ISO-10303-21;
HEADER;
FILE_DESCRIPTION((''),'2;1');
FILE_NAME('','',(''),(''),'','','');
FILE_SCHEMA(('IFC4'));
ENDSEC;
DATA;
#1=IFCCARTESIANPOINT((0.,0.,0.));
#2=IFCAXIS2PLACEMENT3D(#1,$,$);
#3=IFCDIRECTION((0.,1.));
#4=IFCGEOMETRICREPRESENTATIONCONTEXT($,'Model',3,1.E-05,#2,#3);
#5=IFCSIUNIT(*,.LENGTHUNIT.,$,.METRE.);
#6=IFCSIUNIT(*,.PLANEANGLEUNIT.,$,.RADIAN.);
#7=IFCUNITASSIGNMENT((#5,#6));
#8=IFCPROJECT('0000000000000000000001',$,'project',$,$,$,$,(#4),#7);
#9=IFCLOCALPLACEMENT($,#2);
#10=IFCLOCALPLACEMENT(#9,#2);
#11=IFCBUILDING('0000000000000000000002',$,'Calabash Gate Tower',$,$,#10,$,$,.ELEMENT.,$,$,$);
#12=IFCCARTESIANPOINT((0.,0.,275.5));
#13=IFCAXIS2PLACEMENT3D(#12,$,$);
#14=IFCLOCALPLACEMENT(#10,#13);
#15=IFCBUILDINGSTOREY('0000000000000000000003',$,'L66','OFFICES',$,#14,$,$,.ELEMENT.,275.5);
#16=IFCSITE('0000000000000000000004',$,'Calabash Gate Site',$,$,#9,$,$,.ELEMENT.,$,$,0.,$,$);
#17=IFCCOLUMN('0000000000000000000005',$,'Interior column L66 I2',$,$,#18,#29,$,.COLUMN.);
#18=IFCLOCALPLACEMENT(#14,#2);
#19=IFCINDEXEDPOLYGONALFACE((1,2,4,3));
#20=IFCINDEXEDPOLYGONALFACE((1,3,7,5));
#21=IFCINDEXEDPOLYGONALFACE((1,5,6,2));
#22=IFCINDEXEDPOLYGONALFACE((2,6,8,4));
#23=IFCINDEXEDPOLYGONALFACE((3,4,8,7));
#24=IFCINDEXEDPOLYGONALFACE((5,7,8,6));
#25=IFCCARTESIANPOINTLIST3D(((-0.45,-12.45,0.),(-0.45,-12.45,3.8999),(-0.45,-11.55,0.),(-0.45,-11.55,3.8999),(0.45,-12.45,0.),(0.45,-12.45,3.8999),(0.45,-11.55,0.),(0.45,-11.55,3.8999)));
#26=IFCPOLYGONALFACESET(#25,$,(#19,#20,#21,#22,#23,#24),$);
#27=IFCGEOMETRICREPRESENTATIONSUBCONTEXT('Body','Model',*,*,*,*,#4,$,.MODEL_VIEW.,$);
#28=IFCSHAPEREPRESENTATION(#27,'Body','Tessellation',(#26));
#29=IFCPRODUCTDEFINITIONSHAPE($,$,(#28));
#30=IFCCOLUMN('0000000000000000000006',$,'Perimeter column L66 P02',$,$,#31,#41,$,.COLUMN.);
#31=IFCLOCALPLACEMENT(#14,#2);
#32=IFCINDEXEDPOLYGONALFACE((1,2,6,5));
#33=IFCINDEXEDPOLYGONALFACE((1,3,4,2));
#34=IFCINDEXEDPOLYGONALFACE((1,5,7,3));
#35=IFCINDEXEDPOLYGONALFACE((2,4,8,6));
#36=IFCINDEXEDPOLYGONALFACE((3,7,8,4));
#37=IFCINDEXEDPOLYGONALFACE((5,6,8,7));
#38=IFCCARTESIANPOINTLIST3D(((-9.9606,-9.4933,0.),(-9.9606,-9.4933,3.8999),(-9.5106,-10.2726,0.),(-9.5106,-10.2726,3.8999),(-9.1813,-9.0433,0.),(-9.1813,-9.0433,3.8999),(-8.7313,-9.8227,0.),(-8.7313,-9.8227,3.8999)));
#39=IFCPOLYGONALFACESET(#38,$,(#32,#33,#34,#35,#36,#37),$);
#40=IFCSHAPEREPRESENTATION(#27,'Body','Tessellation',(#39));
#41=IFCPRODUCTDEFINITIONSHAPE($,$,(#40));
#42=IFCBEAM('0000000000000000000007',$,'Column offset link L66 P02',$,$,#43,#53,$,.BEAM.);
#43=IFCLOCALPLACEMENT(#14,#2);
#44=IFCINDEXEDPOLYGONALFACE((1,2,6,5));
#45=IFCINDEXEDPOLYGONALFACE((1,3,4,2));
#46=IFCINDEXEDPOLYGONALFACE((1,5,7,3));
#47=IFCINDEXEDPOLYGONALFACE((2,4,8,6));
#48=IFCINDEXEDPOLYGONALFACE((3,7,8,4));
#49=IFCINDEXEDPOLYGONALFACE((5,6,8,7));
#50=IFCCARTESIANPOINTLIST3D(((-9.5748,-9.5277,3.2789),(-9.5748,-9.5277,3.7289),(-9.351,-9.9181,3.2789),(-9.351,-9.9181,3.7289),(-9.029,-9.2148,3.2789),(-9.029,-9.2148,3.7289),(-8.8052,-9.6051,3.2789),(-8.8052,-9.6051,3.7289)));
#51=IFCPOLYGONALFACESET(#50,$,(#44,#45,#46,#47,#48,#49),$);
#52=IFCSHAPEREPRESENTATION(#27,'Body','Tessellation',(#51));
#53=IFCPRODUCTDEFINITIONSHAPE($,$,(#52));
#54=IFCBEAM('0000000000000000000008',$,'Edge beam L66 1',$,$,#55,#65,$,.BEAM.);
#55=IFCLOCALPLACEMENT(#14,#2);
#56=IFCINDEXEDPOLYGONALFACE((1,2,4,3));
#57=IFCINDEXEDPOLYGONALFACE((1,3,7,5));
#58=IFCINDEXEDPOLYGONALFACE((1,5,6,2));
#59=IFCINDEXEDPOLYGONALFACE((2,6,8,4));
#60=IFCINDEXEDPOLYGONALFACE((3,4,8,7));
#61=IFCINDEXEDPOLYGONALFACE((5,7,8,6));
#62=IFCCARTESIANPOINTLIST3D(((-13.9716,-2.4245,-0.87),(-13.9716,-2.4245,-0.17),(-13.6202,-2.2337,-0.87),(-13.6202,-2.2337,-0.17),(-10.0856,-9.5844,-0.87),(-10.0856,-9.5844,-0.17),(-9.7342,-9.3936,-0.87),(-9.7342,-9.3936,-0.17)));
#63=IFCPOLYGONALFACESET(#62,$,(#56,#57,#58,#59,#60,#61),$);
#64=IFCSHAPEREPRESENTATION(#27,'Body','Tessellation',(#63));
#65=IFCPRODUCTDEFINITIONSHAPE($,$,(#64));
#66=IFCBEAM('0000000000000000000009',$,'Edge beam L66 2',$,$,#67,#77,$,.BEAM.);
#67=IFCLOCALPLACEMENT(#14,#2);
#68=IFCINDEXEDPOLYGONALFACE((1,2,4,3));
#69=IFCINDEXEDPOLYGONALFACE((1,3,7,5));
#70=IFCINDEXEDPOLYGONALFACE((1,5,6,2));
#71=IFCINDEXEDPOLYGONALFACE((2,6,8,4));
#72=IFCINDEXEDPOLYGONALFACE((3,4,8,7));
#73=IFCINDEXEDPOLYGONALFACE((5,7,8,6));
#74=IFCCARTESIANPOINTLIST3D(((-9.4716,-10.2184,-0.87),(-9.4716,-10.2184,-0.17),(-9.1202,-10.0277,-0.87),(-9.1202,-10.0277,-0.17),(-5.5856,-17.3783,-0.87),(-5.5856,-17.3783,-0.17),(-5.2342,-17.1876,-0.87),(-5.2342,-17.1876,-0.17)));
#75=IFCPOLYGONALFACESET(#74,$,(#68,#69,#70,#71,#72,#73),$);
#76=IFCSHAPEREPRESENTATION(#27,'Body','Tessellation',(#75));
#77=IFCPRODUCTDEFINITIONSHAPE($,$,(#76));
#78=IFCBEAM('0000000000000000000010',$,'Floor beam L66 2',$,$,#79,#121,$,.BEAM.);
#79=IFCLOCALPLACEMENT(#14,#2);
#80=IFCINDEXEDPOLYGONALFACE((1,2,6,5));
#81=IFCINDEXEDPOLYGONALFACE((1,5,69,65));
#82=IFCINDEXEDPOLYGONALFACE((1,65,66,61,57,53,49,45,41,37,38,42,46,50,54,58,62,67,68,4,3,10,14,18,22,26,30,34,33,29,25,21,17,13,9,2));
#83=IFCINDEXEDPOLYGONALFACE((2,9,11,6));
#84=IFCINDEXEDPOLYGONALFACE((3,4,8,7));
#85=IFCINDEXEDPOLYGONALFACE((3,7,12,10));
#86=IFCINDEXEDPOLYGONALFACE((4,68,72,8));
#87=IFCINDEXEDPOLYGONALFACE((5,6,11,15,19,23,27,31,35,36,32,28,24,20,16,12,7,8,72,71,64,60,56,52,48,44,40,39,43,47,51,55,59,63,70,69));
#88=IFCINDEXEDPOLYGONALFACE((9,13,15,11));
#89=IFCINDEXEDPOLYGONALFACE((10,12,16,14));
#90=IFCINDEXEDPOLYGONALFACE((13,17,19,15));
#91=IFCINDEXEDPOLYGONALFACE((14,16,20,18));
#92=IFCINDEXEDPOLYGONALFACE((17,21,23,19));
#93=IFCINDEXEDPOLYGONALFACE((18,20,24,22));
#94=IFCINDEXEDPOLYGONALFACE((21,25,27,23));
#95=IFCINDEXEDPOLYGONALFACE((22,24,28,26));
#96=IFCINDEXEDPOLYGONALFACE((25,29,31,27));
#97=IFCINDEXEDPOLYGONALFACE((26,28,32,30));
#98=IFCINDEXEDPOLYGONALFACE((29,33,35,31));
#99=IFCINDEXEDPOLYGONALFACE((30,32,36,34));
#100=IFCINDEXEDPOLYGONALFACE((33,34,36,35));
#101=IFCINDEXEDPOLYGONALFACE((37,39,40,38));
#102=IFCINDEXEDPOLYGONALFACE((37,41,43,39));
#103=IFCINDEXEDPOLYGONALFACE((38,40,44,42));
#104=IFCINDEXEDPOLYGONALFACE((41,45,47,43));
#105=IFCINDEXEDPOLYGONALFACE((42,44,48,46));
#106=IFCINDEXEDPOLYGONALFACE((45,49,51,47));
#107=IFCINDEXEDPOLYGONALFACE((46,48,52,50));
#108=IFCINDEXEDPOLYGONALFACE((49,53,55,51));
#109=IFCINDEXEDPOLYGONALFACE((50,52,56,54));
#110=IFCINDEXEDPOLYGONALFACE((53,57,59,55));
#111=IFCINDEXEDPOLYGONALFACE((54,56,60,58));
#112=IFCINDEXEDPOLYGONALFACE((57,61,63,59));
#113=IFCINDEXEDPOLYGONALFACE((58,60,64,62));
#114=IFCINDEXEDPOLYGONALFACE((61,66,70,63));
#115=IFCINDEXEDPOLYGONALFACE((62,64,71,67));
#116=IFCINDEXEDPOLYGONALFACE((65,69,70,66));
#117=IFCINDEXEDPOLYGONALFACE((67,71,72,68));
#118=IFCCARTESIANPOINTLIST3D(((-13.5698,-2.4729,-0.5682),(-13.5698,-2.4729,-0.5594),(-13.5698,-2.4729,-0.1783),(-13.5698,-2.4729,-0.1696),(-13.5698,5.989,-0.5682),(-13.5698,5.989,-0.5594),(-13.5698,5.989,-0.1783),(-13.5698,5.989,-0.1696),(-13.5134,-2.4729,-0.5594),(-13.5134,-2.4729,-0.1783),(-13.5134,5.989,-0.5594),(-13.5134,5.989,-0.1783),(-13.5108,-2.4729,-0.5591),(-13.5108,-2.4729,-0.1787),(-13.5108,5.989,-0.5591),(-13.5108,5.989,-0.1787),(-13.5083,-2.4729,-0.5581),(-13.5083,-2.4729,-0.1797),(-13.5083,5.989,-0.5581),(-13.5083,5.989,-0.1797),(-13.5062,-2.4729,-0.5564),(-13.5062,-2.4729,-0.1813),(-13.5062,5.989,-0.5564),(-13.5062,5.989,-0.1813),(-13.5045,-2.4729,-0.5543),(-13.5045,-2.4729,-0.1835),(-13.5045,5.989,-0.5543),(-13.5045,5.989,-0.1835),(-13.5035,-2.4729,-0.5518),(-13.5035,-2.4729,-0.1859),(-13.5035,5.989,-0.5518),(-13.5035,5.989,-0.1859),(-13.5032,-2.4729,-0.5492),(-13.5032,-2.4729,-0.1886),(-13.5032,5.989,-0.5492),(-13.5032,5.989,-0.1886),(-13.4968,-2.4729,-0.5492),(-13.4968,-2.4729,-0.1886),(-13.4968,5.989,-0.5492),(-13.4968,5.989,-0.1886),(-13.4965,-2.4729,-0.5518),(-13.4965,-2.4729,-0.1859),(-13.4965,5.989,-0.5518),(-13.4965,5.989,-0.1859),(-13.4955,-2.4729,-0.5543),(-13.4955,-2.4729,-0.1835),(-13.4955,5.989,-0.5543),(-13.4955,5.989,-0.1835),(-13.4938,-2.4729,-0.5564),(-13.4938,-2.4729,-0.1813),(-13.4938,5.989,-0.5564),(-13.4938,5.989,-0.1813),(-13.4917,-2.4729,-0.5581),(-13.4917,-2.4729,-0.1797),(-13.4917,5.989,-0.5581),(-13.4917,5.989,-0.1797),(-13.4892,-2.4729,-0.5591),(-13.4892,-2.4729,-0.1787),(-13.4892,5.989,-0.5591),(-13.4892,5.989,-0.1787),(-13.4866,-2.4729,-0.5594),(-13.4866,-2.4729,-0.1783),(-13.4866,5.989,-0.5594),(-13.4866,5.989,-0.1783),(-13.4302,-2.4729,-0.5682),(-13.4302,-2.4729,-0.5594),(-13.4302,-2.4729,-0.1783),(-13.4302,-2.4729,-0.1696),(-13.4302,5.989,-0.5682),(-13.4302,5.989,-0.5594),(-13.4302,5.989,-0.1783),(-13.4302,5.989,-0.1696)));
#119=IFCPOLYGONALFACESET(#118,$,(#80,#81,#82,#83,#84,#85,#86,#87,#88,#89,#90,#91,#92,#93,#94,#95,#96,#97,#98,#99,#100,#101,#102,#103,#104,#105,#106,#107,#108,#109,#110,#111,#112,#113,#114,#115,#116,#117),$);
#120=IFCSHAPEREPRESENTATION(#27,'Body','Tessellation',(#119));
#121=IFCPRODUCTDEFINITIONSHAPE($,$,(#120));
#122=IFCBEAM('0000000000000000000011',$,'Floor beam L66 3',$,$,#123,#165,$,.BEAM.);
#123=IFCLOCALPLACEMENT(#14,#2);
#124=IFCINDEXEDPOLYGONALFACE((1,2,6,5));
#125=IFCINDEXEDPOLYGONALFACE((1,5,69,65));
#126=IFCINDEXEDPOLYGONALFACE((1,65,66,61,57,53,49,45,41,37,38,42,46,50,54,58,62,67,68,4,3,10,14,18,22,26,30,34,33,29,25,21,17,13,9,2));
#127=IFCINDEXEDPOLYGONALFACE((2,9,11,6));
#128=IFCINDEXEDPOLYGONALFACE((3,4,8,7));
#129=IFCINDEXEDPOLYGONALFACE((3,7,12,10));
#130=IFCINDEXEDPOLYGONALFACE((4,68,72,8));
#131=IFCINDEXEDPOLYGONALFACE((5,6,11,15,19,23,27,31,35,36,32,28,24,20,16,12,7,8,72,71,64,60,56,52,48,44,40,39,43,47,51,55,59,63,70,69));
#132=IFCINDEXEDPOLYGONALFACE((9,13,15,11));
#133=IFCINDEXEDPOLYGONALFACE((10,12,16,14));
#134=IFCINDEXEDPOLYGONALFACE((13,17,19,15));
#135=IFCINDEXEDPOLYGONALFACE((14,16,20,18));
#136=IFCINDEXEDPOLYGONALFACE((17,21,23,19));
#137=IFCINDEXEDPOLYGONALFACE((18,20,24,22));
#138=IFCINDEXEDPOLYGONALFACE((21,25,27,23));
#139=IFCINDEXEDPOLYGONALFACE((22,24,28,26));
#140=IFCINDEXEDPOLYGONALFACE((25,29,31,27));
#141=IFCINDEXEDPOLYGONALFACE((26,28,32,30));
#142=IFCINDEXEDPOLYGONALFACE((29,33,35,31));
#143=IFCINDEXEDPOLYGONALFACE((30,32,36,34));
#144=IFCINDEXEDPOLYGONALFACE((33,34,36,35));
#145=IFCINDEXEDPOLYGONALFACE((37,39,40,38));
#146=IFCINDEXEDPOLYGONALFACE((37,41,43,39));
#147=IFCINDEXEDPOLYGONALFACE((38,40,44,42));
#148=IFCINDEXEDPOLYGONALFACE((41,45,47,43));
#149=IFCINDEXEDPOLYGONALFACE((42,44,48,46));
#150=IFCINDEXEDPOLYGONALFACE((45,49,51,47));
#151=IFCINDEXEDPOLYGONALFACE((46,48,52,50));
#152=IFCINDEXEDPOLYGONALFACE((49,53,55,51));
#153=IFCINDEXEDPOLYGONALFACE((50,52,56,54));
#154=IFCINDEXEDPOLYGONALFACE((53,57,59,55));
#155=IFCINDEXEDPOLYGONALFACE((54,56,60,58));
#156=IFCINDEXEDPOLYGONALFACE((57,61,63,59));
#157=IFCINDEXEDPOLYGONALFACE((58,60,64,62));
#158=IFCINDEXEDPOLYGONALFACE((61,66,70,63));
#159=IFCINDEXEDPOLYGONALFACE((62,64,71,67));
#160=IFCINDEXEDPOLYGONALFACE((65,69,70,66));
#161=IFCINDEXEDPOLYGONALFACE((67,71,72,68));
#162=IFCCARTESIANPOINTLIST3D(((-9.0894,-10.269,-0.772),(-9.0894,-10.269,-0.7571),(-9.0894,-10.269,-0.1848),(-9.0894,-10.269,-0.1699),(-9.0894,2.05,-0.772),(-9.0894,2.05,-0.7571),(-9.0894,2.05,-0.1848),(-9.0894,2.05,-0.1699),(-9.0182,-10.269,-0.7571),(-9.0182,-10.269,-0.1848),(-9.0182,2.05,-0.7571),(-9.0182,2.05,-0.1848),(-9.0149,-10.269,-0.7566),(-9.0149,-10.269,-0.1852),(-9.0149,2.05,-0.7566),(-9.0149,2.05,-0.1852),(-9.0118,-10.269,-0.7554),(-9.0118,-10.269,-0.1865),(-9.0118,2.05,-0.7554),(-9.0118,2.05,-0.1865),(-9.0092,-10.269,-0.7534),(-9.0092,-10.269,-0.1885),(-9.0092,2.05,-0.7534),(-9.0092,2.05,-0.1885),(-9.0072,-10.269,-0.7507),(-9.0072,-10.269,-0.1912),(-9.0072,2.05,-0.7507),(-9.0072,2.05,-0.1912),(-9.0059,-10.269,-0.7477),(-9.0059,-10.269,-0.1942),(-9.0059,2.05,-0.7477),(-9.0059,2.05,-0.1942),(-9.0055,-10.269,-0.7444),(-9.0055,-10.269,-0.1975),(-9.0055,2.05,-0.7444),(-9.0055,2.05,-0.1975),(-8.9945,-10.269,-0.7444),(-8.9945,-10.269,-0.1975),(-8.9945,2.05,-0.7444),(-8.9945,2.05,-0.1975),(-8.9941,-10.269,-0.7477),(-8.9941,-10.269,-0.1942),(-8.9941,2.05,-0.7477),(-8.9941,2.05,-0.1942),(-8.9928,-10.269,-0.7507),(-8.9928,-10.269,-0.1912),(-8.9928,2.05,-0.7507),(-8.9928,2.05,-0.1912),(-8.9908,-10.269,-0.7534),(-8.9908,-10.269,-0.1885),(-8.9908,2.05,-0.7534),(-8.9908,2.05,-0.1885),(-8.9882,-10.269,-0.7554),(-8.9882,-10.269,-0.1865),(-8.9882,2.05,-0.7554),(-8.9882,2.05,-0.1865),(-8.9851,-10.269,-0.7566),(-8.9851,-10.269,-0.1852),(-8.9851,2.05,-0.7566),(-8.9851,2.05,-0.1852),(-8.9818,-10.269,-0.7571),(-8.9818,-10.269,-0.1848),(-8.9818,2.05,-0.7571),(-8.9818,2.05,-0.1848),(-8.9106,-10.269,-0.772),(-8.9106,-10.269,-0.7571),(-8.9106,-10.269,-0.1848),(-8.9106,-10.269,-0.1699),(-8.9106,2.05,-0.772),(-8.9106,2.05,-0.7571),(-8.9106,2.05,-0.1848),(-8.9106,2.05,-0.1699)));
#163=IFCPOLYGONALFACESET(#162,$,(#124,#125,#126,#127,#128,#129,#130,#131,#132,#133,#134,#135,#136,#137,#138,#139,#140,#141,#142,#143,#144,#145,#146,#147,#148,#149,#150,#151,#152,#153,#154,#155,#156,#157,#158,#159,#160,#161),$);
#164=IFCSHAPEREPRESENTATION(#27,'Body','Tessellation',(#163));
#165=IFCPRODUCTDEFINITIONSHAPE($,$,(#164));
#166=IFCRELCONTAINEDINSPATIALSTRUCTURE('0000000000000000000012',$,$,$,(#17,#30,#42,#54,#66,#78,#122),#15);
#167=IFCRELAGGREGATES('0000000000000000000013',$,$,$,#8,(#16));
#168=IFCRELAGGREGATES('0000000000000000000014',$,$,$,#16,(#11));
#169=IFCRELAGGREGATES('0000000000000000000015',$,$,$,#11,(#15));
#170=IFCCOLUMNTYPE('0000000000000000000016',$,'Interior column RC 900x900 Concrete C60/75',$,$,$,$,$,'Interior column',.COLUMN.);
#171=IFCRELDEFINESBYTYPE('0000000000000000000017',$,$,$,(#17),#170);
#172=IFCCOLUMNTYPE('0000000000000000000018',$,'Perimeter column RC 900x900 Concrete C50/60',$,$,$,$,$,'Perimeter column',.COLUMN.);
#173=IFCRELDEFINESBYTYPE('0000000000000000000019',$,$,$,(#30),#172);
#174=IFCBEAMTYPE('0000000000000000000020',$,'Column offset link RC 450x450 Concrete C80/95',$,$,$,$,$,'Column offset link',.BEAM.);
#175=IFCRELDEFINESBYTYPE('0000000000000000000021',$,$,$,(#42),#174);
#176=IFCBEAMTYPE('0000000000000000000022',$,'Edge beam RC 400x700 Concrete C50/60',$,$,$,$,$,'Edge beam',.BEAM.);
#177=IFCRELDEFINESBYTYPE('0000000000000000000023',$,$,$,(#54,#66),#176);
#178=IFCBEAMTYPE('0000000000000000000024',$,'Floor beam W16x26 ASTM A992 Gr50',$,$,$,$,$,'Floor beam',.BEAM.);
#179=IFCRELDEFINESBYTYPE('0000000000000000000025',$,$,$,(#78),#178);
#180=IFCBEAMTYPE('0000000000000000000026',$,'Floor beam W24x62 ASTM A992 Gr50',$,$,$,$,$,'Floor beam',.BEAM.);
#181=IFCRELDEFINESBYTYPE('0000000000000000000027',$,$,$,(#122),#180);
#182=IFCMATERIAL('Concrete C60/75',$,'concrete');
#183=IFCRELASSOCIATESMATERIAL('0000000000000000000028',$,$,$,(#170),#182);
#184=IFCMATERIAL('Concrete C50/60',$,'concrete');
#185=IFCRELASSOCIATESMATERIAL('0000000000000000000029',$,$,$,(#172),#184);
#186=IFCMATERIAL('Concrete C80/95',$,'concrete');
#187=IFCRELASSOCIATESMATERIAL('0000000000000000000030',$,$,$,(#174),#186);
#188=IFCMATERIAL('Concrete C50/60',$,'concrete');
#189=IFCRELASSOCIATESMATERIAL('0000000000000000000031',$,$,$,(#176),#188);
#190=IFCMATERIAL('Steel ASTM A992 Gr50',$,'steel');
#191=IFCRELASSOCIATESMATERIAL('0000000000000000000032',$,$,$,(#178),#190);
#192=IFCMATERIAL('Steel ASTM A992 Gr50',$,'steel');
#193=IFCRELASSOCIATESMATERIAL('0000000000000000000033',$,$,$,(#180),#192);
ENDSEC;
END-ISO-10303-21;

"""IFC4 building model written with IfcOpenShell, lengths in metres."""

from ifc_helpers import new_model, si_unit, direction, frame, origin, origin_2d, place, context, subcontext, project, spatial, rectangle, i_section, extrude, material, material_profile, profile_set, type_object, element, save


model = new_model("IFC4")

# Units and contexts
model_context = context("Model", 3, precision=1e-05, world=origin(), true_north=direction((0.0, 1.0)))
body_context = subcontext(model_context, "Body", "Model", "MODEL_VIEW")
ifc_project = project(units=[si_unit("LENGTHUNIT", "METRE"), si_unit("PLANEANGLEUNIT", "RADIAN")], contexts=[model_context])

# Site, building, storey
site_placement = place(None, origin())
site = spatial("IfcSite", under=ifc_project, at=site_placement, Name="Calabash Gate Site", CompositionType="ELEMENT", RefElevation=0.0)
building_placement = place(site_placement, origin())
building = spatial("IfcBuilding", under=site, at=building_placement, Name="Calabash Gate Tower", CompositionType="ELEMENT")
storey_placement = place(building_placement, frame((0.0, 0.0, 275.5)))
storey = spatial("IfcBuildingStorey", under=building, at=storey_placement, Name="L66", Description="OFFICES", CompositionType="ELEMENT", Elevation=275.5)

# Columns
ifc_material_1 = material(Name="Concrete C60/75", Category="concrete")
ifc_material_profile_1 = material_profile(ifc_material_1, rectangle(XDim=0.8999, YDim=0.8999, at=origin_2d()))
ifc_profile_set_1 = profile_set([ifc_material_profile_1], Name="Concrete C60/75")
column_type_1 = type_object("IfcColumnType", Name="Interior column RC 900x900 Concrete C60/75", ElementType="Interior column", PredefinedType="COLUMN", material=ifc_profile_set_1)
column_1_placement = place(storey_placement, frame((0.0, -12.0, 0.0), z_axis=(0.0, 0.0, 1.0), x_axis=(1.0, 0.0, 0.0)))
element("IfcColumn", 1, at=column_1_placement, inside=storey, type_object=column_type_1, Name="Interior column L66 I2", PredefinedType="COLUMN", context=body_context, shape_type="SweptSolid", body=[
    extrude(rectangle(XDim=0.8999, YDim=0.8999, at=origin_2d()), origin(), (0.0, 0.0, 1.0), 3.8999),
])
ifc_material_2 = material(Name="Concrete C50/60", Category="concrete")
ifc_material_profile_2 = material_profile(ifc_material_2, rectangle(XDim=0.8999, YDim=0.8999, at=origin_2d()))
ifc_profile_set_2 = profile_set([ifc_material_profile_2], Name="Concrete C50/60")
column_type_2 = type_object("IfcColumnType", Name="Perimeter column RC 900x900 Concrete C50/60", ElementType="Perimeter column", PredefinedType="COLUMN", material=ifc_profile_set_2)
column_2_placement = place(storey_placement, frame((-9.3459, -9.658, 0.0), z_axis=(0.0, 0.0, 1.0), x_axis=(0.5, -0.866025, 0.0)))
element("IfcColumn", 2, at=column_2_placement, inside=storey, type_object=column_type_2, Name="Perimeter column L66 P02", PredefinedType="COLUMN", context=body_context, shape_type="SweptSolid", body=[
    extrude(rectangle(XDim=0.8999, YDim=0.8999, at=origin_2d()), origin(), (0.0, 0.0, 1.0), 3.8999),
])

# Beams
ifc_material_3 = material(Name="Concrete C80/95", Category="concrete")
ifc_material_profile_3 = material_profile(ifc_material_3, rectangle(XDim=0.45, YDim=0.45, at=origin_2d()))
ifc_profile_set_3 = profile_set([ifc_material_profile_3], Name="Concrete C80/95")
beam_type_1 = type_object("IfcBeamType", Name="Column offset link RC 450x450 Concrete C80/95", ElementType="Column offset link", PredefinedType="BEAM", material=ifc_profile_set_3)
beam_1_placement = place(storey_placement, frame((-9.4629, -9.7229, 3.5039), z_axis=(0.867526, 0.497392, 0.0), x_axis=(-0.497392, 0.867526, 0.0)))
element("IfcBeam", 3, at=beam_1_placement, inside=storey, type_object=beam_type_1, Name="Column offset link L66 P02", PredefinedType="BEAM", context=body_context, shape_type="SweptSolid", body=[
    extrude(rectangle(XDim=0.45, YDim=0.45, at=origin_2d()), origin(), (0.0, 0.0, 1.0), 0.6292),
])
ifc_material_4 = material(Name="Concrete C50/60", Category="concrete")
ifc_material_profile_4 = material_profile(ifc_material_4, rectangle(XDim=0.3999, YDim=0.7, at=origin_2d()))
ifc_profile_set_4 = profile_set([ifc_material_profile_4], Name="Concrete C50/60")
beam_type_2 = type_object("IfcBeamType", Name="Edge beam RC 400x700 Concrete C50/60", ElementType="Edge beam", PredefinedType="BEAM", material=ifc_profile_set_4)
for number, where, z_axis, x_axis, name in (
    (4, (-13.7959, -2.3291, -0.52), (0.477014, -0.878896, 0.0), (0.878896, 0.477014, 0.0), "Edge beam L66 1"),
    (5, (-9.2959, -10.123, -0.52), (0.477014, -0.878896, 0.0), (0.878896, 0.477014, 0.0), "Edge beam L66 2"),
):
    element("IfcBeam", number, at=place(storey_placement, frame(where, z_axis=z_axis, x_axis=x_axis)), inside=storey, type_object=beam_type_2, Name=name, PredefinedType="BEAM", context=body_context, shape_type="SweptSolid", body=[
        extrude(rectangle(XDim=0.3999, YDim=0.7, at=origin_2d()), origin(), (0.0, 0.0, 1.0), 8.1465),
    ])
ifc_material_5 = material(Name="Steel ASTM A992 Gr50", Category="steel")
ifc_material_profile_5 = material_profile(ifc_material_5, i_section(OverallWidth=0.1396, OverallDepth=0.3987, WebThickness=0.0063, FlangeThickness=0.0088, FilletRadius=0.0103, at=origin_2d()))
ifc_profile_set_5 = profile_set([ifc_material_profile_5], Name="Steel ASTM A992 Gr50")
beam_type_3 = type_object("IfcBeamType", Name="Floor beam W16x26 ASTM A992 Gr50", ElementType="Floor beam", PredefinedType="BEAM", material=ifc_profile_set_5)
beam_2_placement = place(storey_placement, frame((-13.5, -2.4729, -0.3689), z_axis=(0.0, 1.0, 0.0), x_axis=(-1.0, 0.0, 0.0)))
element("IfcBeam", 6, at=beam_2_placement, inside=storey, type_object=beam_type_3, Name="Floor beam L66 2", PredefinedType="BEAM", context=body_context, shape_type="SweptSolid", body=[
    extrude(i_section(OverallWidth=0.1396, OverallDepth=0.3987, WebThickness=0.0063, FlangeThickness=0.0088, FilletRadius=0.0103, at=origin_2d()), origin(), (0.0, 0.0, 1.0), 8.4619),
])
ifc_material_6 = material(Name="Steel ASTM A992 Gr50", Category="steel")
ifc_material_profile_6 = material_profile(ifc_material_6, i_section(OverallWidth=0.1787, OverallDepth=0.6021, WebThickness=0.011, FlangeThickness=0.0149, FilletRadius=0.0127, at=origin_2d()))
ifc_profile_set_6 = profile_set([ifc_material_profile_6], Name="Steel ASTM A992 Gr50")
beam_type_4 = type_object("IfcBeamType", Name="Floor beam W24x62 ASTM A992 Gr50", ElementType="Floor beam", PredefinedType="BEAM", material=ifc_profile_set_6)
beam_3_placement = place(storey_placement, frame((-9.0, -10.269, -0.4709), z_axis=(0.0, 1.0, 0.0), x_axis=(-1.0, 0.0, 0.0)))
element("IfcBeam", 7, at=beam_3_placement, inside=storey, type_object=beam_type_4, Name="Floor beam L66 3", PredefinedType="BEAM", context=body_context, shape_type="SweptSolid", body=[
    extrude(i_section(OverallWidth=0.1787, OverallDepth=0.6021, WebThickness=0.011, FlangeThickness=0.0149, FilletRadius=0.0127, at=origin_2d()), origin(), (0.0, 0.0, 1.0), 12.3191),
])

save(model, "model.ifc")
